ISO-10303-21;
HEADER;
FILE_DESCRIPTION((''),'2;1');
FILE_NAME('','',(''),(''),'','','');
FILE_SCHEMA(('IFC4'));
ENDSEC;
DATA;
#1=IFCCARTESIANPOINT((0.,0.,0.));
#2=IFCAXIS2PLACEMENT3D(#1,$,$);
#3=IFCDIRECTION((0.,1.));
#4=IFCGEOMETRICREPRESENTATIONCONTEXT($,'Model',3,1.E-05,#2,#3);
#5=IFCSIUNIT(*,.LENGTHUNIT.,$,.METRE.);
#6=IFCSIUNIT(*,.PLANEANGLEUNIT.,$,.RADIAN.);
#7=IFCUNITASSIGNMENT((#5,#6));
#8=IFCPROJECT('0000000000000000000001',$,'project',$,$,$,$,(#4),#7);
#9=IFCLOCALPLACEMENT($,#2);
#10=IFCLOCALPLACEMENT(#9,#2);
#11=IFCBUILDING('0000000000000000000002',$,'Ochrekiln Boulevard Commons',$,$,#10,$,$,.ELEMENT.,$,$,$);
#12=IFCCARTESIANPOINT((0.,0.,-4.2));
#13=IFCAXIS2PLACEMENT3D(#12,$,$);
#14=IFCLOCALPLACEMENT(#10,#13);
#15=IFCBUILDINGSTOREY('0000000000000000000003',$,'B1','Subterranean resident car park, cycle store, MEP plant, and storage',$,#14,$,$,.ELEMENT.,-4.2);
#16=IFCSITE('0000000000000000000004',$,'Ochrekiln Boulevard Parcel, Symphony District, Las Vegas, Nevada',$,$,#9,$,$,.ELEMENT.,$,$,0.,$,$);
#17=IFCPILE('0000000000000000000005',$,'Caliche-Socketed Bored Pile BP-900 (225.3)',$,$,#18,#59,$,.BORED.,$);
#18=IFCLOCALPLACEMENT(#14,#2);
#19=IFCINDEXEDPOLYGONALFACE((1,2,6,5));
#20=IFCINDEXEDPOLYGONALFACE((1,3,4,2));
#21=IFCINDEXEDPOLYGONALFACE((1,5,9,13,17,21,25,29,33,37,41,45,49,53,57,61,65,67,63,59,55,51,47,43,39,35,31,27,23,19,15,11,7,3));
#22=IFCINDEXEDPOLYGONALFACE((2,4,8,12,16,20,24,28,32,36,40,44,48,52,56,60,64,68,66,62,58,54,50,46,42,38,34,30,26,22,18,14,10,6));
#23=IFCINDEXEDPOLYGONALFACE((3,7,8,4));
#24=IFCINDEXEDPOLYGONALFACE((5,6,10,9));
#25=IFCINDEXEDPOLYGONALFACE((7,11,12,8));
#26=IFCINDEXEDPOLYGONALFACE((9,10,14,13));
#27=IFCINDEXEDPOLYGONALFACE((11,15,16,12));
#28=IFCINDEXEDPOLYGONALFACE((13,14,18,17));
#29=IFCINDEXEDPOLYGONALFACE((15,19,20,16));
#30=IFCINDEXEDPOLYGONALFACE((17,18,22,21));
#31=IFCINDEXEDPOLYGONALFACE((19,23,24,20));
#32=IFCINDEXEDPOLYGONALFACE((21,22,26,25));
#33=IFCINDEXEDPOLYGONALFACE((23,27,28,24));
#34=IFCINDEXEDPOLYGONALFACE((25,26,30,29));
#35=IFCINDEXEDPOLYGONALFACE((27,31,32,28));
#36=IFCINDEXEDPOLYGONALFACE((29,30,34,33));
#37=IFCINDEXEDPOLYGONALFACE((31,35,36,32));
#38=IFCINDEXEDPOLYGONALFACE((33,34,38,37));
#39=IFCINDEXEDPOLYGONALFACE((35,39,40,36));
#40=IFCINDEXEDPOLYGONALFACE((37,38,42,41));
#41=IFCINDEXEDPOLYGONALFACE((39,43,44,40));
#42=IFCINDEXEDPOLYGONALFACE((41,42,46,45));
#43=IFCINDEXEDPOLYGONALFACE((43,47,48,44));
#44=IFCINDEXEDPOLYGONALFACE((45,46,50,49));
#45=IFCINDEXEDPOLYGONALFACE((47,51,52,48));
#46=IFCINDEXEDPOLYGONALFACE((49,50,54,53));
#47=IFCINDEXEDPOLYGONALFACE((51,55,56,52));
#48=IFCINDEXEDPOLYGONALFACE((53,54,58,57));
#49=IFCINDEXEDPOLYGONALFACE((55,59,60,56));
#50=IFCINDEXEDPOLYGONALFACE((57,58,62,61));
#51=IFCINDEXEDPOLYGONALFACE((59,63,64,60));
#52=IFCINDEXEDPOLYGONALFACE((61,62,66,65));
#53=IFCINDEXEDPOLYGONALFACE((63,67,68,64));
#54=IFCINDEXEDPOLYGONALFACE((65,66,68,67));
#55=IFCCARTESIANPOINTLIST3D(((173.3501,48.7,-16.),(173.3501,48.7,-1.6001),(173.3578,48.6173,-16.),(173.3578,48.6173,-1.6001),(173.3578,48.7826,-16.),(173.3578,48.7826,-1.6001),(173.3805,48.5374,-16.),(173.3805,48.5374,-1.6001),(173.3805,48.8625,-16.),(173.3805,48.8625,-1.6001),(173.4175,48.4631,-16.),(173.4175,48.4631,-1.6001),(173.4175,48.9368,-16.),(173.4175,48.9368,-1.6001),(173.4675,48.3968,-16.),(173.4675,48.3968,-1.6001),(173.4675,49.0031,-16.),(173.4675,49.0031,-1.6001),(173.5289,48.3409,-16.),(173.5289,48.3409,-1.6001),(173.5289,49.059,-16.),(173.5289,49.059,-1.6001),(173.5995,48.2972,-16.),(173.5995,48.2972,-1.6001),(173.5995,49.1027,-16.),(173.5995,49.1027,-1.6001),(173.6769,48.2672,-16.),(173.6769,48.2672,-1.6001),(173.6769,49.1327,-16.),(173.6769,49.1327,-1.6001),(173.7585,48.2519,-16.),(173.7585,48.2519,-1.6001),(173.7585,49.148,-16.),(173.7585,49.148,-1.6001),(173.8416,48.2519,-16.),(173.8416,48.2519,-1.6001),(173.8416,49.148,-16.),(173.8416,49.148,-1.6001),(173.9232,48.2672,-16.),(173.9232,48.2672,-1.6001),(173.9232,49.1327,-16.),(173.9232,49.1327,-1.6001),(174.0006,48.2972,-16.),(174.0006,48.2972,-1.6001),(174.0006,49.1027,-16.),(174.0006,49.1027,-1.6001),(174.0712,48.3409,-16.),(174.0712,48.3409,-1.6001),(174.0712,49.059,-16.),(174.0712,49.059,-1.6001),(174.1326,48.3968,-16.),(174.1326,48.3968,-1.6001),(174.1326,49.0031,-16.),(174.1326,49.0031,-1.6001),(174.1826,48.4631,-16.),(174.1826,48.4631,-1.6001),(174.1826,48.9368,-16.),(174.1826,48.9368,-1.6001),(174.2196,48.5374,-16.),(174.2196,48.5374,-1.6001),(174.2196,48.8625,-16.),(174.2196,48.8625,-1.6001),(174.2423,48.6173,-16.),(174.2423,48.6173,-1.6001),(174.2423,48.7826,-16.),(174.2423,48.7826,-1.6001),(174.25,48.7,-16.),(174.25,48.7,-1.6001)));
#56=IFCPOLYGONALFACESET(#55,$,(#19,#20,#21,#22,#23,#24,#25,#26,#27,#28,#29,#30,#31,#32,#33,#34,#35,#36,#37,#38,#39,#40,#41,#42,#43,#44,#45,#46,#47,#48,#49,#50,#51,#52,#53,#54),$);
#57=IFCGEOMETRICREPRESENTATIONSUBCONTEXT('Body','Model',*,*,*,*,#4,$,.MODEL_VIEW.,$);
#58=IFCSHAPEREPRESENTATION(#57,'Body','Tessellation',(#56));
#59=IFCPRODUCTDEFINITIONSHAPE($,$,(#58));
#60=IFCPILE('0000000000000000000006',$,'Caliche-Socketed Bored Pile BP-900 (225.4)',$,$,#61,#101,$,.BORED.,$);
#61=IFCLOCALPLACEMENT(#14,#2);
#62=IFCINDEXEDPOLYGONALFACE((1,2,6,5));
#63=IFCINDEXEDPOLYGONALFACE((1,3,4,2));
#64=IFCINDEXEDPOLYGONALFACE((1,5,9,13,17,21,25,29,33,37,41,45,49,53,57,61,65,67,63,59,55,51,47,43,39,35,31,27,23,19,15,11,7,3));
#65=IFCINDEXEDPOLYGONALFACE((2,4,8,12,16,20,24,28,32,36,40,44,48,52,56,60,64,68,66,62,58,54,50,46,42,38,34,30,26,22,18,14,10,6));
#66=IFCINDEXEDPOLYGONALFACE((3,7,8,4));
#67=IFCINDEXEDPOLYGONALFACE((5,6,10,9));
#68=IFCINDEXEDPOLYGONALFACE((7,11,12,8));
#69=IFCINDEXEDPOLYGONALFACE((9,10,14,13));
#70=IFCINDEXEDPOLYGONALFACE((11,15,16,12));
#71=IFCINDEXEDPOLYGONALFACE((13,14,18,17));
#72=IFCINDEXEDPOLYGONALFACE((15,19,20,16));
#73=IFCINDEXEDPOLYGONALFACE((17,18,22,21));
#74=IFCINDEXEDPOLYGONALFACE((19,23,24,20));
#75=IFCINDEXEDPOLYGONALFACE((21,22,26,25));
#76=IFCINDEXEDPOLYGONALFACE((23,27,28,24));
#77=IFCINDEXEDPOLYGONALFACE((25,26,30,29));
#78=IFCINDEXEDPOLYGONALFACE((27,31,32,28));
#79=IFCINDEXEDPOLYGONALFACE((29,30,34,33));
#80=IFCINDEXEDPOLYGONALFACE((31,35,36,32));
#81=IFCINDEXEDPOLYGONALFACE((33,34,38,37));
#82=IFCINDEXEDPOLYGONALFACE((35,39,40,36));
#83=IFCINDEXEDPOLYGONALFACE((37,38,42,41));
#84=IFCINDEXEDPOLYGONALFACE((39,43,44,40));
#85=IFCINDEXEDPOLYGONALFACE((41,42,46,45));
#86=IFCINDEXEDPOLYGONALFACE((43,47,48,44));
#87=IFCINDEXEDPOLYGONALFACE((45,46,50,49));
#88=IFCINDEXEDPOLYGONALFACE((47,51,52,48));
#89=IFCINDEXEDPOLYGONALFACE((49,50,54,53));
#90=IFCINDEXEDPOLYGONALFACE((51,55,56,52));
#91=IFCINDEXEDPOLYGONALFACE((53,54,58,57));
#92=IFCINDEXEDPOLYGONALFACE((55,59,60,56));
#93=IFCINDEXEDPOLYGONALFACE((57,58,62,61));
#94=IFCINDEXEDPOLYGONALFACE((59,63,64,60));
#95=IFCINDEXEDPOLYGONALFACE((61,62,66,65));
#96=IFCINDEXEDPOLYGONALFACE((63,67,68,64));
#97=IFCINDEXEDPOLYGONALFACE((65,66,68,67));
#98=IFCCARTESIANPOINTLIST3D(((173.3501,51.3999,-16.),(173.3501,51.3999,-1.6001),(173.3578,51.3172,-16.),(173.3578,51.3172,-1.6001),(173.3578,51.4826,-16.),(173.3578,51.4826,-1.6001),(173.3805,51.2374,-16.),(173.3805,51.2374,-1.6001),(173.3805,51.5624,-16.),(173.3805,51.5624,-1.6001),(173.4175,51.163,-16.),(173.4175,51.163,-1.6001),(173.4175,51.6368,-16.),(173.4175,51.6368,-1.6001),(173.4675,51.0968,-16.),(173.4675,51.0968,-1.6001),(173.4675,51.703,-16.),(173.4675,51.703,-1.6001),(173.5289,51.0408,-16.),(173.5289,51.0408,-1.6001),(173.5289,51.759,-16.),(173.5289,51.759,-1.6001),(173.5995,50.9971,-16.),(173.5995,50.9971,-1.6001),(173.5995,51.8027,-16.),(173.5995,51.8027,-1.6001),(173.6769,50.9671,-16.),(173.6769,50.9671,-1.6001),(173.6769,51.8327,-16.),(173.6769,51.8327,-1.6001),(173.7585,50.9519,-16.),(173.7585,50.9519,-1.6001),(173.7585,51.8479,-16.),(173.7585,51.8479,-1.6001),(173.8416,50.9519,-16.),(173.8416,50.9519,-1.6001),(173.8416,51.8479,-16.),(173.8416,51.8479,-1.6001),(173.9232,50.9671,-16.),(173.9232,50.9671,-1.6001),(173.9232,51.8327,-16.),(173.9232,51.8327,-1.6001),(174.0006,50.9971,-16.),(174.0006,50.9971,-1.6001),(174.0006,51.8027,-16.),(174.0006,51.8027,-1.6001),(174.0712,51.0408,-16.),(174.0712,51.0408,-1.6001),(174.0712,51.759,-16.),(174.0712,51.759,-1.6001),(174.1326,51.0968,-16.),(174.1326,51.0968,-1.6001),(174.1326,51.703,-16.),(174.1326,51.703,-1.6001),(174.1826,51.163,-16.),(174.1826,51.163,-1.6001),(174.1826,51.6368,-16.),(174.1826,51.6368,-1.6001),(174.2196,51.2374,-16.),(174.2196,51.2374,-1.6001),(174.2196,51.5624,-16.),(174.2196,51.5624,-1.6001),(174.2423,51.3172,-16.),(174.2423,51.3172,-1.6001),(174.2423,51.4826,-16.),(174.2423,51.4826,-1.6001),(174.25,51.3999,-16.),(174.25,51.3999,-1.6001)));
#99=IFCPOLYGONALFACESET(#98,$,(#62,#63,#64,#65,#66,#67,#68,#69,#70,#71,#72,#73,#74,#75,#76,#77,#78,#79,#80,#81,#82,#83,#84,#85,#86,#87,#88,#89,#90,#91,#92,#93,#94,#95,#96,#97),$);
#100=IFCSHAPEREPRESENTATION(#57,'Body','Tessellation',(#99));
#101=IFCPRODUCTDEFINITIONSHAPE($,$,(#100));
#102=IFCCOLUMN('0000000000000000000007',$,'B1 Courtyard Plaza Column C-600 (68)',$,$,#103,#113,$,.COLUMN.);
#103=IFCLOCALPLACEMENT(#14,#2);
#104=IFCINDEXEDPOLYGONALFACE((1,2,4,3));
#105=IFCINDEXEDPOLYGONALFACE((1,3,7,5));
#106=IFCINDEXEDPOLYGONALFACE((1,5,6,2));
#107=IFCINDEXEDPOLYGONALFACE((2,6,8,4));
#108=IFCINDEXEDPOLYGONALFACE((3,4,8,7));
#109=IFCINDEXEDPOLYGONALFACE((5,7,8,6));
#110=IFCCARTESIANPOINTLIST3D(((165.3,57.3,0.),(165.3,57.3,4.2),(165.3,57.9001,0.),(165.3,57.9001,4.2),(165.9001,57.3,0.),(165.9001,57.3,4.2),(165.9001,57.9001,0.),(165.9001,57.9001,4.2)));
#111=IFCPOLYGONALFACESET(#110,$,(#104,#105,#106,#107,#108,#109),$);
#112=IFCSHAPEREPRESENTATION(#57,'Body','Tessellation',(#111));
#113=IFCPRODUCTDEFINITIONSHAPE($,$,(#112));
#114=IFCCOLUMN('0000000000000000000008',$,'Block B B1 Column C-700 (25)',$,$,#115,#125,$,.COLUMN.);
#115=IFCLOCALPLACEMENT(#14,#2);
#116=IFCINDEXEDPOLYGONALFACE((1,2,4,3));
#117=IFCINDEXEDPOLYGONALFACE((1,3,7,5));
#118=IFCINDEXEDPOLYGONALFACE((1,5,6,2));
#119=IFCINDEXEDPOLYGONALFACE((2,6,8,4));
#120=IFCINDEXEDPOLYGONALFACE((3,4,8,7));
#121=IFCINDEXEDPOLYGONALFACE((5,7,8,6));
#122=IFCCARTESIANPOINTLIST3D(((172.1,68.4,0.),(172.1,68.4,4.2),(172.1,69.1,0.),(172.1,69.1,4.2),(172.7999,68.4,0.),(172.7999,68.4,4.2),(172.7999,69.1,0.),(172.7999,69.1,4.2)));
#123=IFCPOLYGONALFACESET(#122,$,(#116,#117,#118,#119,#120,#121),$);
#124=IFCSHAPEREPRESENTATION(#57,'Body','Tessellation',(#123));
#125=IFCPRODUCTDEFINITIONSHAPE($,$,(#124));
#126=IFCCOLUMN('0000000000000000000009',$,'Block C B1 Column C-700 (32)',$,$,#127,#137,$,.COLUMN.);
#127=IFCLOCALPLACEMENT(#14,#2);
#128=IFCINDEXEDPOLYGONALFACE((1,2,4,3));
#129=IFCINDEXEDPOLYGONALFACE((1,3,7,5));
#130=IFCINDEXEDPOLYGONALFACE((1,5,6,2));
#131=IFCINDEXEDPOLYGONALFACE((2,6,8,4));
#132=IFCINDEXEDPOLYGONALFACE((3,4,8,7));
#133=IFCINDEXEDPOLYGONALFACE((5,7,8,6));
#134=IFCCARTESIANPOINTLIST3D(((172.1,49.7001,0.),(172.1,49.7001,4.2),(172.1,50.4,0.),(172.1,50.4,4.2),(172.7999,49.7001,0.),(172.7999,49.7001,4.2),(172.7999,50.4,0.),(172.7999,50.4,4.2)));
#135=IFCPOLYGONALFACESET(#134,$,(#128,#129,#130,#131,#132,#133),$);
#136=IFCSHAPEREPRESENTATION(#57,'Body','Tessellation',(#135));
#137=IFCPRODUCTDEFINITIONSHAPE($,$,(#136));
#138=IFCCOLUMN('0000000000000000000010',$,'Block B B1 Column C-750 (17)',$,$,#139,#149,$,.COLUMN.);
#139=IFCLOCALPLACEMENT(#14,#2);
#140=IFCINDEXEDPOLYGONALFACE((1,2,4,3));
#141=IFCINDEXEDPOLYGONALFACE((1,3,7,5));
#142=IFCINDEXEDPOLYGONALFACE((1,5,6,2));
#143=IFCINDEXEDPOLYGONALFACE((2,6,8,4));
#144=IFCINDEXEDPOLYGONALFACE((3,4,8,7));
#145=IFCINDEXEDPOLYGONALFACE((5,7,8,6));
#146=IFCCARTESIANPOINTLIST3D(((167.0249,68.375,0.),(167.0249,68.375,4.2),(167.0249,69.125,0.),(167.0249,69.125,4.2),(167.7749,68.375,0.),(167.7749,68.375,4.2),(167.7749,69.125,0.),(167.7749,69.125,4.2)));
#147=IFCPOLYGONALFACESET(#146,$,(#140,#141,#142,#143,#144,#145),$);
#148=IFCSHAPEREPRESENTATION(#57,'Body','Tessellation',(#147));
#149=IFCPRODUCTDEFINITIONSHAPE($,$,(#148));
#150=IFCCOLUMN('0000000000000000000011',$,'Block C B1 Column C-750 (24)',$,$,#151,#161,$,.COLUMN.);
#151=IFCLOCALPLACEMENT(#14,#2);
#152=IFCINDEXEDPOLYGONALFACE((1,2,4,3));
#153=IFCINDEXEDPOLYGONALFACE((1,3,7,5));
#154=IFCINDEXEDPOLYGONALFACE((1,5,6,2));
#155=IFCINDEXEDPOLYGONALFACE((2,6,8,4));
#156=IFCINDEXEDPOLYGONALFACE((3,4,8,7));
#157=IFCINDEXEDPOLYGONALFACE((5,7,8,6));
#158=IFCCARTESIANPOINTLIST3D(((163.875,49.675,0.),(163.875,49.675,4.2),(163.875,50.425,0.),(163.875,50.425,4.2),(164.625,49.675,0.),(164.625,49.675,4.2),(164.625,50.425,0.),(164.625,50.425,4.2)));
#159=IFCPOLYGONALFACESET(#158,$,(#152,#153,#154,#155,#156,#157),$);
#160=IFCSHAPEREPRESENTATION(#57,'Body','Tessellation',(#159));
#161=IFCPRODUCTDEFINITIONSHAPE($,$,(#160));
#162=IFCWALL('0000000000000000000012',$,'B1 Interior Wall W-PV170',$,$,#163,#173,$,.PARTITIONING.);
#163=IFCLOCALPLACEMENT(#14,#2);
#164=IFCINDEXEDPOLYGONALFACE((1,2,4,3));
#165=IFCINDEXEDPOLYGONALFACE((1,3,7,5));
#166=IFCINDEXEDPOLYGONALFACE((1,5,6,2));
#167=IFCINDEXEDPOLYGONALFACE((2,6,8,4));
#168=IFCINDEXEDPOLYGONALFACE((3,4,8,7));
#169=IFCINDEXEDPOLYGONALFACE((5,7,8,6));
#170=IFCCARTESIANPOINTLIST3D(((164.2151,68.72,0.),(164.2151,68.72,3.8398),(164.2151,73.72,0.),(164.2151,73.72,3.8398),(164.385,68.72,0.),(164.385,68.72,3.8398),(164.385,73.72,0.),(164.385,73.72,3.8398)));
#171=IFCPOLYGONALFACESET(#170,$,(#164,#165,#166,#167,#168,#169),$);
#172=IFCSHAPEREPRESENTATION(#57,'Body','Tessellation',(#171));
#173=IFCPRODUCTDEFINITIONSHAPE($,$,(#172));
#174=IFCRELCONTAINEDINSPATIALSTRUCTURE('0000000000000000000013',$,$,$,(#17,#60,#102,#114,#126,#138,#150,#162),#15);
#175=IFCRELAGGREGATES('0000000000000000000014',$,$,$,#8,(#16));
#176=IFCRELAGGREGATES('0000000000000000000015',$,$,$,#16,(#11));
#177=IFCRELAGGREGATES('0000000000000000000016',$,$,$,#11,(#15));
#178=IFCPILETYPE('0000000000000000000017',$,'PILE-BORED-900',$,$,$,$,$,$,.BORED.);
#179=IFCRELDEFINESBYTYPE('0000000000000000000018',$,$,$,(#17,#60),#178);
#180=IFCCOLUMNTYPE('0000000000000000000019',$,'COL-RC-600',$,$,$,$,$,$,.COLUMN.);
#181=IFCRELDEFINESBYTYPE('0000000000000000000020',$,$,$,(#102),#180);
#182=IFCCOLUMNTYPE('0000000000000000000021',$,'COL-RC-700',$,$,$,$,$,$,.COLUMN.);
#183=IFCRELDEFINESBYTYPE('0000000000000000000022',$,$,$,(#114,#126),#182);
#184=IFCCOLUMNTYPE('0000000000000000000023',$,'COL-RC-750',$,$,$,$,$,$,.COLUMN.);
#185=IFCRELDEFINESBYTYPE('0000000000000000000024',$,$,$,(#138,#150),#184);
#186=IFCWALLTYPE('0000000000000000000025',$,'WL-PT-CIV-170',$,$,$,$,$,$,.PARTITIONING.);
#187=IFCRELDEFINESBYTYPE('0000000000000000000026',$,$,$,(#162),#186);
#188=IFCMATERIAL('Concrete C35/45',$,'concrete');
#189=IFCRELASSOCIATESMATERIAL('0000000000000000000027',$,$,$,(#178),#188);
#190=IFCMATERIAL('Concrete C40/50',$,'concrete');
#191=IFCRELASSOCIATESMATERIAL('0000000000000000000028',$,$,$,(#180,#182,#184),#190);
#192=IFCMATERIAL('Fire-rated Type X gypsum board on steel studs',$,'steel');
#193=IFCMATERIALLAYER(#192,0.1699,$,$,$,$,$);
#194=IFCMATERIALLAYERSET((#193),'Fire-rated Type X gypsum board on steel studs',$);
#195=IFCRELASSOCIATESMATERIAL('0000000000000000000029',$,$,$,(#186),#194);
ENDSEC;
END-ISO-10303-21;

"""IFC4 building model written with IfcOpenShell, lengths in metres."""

from ifc_helpers import new_model, si_unit, direction, frame, frame_2d, origin, origin_2d, place, context, subcontext, project, spatial, rectangle, circle, extrude, material, layer, layer_set, material_profile, profile_set, type_object, element, save


model = new_model("IFC4")

# Units and contexts
model_context = context("Model", 3, precision=1e-05, world=origin(), true_north=direction((0.0, 1.0)))
body_context = subcontext(model_context, "Body", "Model", "MODEL_VIEW")
ifc_project = project(units=[si_unit("LENGTHUNIT", "METRE"), si_unit("PLANEANGLEUNIT", "RADIAN")], contexts=[model_context])

# Site, building, storey
site_placement = place(None, origin())
site = spatial("IfcSite", under=ifc_project, at=site_placement, Name="Ochrekiln Boulevard Parcel, Symphony District, Las Vegas, Nevada", CompositionType="ELEMENT", RefElevation=0.0)
building_placement = place(site_placement, origin())
building = spatial("IfcBuilding", under=site, at=building_placement, Name="Ochrekiln Boulevard Commons", CompositionType="ELEMENT")
storey_placement = place(building_placement, frame((0.0, 0.0, -4.2)))
storey = spatial("IfcBuildingStorey", under=building, at=storey_placement, Name="B1", Description="Subterranean resident car park, cycle store, MEP plant, and storage", CompositionType="ELEMENT", Elevation=-4.2)

# Shared definitions
ifc_material_1 = material(Name="Concrete C35/45", Category="concrete")

# Piles
ifc_material_profile_1 = material_profile(ifc_material_1, circle(Radius=0.45, at=origin_2d()), Name="PILE-D900")
ifc_profile_set_1 = profile_set([ifc_material_profile_1], Name="Concrete C35/45")
pile_type_1 = type_object("IfcPileType", Name="PILE-BORED-900", PredefinedType="BORED", material=ifc_profile_set_1)
for number, where, z_axis, x_axis, name in (
    (1, (173.8, 48.7, -1.6001), (0.0, 0.0, -1.0), (1.0, 0.0, 0.0), "Caliche-Socketed Bored Pile BP-900 (225.3)"),
    (2, (173.8, 51.3999, -1.6001), (0.0, 0.0, -1.0), (1.0, 0.0, 0.0), "Caliche-Socketed Bored Pile BP-900 (225.4)"),
):
    element("IfcPile", number, at=place(storey_placement, frame(where, z_axis=z_axis, x_axis=x_axis)), inside=storey, type_object=pile_type_1, Name=name, PredefinedType="BORED", context=body_context, shape_type="SweptSolid", body=[
        extrude(circle(Radius=0.45, at=origin_2d()), origin(), (0.0, 0.0, 1.0), 14.3999),
    ])

# Columns
ifc_material_2 = material(Name="Concrete C40/50", Category="concrete")
ifc_material_profile_2 = material_profile(ifc_material_2, rectangle(XDim=0.6001, YDim=0.6001, at=origin_2d()), Name="RC-COL-600x600")
ifc_profile_set_2 = profile_set([ifc_material_profile_2], Name="Concrete C40/50")
column_type_1 = type_object("IfcColumnType", Name="COL-RC-600", PredefinedType="COLUMN", material=ifc_profile_set_2)
column_placement = place(storey_placement, frame((165.6001, 57.6001, 0.0), z_axis=(0.0, 0.0, 1.0), x_axis=(1.0, 0.0, 0.0)))
element("IfcColumn", 3, at=column_placement, inside=storey, type_object=column_type_1, Name="B1 Courtyard Plaza Column C-600 (68)", PredefinedType="COLUMN", context=body_context, shape_type="SweptSolid", body=[
    extrude(rectangle(XDim=0.6001, YDim=0.6001, at=origin_2d()), origin(), (0.0, 0.0, 1.0), 4.2),
])
ifc_material_profile_3 = material_profile(ifc_material_2, rectangle(XDim=0.7, YDim=0.7, at=origin_2d()), Name="RC-COL-700x700")
ifc_profile_set_3 = profile_set([ifc_material_profile_3], Name="Concrete C40/50")
column_type_2 = type_object("IfcColumnType", Name="COL-RC-700", PredefinedType="COLUMN", material=ifc_profile_set_3)
for number, where, z_axis, x_axis, name in (
    (4, (172.45, 68.75, 0.0), (0.0, 0.0, 1.0), (1.0, 0.0, 0.0), "Block B B1 Column C-700 (25)"),
    (5, (172.45, 50.05, 0.0), (0.0, 0.0, 1.0), (1.0, 0.0, 0.0), "Block C B1 Column C-700 (32)"),
):
    element("IfcColumn", number, at=place(storey_placement, frame(where, z_axis=z_axis, x_axis=x_axis)), inside=storey, type_object=column_type_2, Name=name, PredefinedType="COLUMN", context=body_context, shape_type="SweptSolid", body=[
        extrude(rectangle(XDim=0.7, YDim=0.7, at=origin_2d()), origin(), (0.0, 0.0, 1.0), 4.2),
    ])
ifc_material_profile_4 = material_profile(ifc_material_2, rectangle(XDim=0.75, YDim=0.75, at=origin_2d()), Name="RC-COL-750x750")
ifc_profile_set_4 = profile_set([ifc_material_profile_4], Name="Concrete C40/50")
column_type_3 = type_object("IfcColumnType", Name="COL-RC-750", PredefinedType="COLUMN", material=ifc_profile_set_4)
for number, where, z_axis, x_axis, name in (
    (6, (167.3999, 68.75, 0.0), (0.0, 0.0, 1.0), (1.0, 0.0, 0.0), "Block B B1 Column C-750 (17)"),
    (7, (164.25, 50.05, 0.0), (0.0, 0.0, 1.0), (1.0, 0.0, 0.0), "Block C B1 Column C-750 (24)"),
):
    element("IfcColumn", number, at=place(storey_placement, frame(where, z_axis=z_axis, x_axis=x_axis)), inside=storey, type_object=column_type_3, Name=name, PredefinedType="COLUMN", context=body_context, shape_type="SweptSolid", body=[
        extrude(rectangle(XDim=0.75, YDim=0.75, at=origin_2d()), origin(), (0.0, 0.0, 1.0), 4.2),
    ])

# Shared definitions
ifc_material_3 = material(Name="Fire-rated Type X gypsum board on steel studs", Category="steel")
ifc_layer_1 = layer(ifc_material_3, 0.1699)
ifc_layer_set_1 = layer_set([ifc_layer_1], Name="Fire-rated Type X gypsum board on steel studs")
wall_type_1 = type_object("IfcWallType", Name="WL-PT-CIV-170", PredefinedType="PARTITIONING", material=ifc_layer_set_1)

# Wall
wall_1_placement = place(storey_placement, frame((164.3, 68.72, 0.0), z_axis=(0.0, 0.0, 1.0), x_axis=(0.0, 1.0, 0.0)))
element("IfcWall", 8, at=wall_1_placement, inside=storey, type_object=wall_type_1, Name="B1 Interior Wall W-PV170", PredefinedType="PARTITIONING", context=body_context, shape_type="SweptSolid", body=[
    extrude(rectangle(XDim=5.0, YDim=0.1699, at=frame_2d((2.5, 0.0))), origin(), (0.0, 0.0, 1.0), 3.8398),
])

save(model, "model.ifc")
